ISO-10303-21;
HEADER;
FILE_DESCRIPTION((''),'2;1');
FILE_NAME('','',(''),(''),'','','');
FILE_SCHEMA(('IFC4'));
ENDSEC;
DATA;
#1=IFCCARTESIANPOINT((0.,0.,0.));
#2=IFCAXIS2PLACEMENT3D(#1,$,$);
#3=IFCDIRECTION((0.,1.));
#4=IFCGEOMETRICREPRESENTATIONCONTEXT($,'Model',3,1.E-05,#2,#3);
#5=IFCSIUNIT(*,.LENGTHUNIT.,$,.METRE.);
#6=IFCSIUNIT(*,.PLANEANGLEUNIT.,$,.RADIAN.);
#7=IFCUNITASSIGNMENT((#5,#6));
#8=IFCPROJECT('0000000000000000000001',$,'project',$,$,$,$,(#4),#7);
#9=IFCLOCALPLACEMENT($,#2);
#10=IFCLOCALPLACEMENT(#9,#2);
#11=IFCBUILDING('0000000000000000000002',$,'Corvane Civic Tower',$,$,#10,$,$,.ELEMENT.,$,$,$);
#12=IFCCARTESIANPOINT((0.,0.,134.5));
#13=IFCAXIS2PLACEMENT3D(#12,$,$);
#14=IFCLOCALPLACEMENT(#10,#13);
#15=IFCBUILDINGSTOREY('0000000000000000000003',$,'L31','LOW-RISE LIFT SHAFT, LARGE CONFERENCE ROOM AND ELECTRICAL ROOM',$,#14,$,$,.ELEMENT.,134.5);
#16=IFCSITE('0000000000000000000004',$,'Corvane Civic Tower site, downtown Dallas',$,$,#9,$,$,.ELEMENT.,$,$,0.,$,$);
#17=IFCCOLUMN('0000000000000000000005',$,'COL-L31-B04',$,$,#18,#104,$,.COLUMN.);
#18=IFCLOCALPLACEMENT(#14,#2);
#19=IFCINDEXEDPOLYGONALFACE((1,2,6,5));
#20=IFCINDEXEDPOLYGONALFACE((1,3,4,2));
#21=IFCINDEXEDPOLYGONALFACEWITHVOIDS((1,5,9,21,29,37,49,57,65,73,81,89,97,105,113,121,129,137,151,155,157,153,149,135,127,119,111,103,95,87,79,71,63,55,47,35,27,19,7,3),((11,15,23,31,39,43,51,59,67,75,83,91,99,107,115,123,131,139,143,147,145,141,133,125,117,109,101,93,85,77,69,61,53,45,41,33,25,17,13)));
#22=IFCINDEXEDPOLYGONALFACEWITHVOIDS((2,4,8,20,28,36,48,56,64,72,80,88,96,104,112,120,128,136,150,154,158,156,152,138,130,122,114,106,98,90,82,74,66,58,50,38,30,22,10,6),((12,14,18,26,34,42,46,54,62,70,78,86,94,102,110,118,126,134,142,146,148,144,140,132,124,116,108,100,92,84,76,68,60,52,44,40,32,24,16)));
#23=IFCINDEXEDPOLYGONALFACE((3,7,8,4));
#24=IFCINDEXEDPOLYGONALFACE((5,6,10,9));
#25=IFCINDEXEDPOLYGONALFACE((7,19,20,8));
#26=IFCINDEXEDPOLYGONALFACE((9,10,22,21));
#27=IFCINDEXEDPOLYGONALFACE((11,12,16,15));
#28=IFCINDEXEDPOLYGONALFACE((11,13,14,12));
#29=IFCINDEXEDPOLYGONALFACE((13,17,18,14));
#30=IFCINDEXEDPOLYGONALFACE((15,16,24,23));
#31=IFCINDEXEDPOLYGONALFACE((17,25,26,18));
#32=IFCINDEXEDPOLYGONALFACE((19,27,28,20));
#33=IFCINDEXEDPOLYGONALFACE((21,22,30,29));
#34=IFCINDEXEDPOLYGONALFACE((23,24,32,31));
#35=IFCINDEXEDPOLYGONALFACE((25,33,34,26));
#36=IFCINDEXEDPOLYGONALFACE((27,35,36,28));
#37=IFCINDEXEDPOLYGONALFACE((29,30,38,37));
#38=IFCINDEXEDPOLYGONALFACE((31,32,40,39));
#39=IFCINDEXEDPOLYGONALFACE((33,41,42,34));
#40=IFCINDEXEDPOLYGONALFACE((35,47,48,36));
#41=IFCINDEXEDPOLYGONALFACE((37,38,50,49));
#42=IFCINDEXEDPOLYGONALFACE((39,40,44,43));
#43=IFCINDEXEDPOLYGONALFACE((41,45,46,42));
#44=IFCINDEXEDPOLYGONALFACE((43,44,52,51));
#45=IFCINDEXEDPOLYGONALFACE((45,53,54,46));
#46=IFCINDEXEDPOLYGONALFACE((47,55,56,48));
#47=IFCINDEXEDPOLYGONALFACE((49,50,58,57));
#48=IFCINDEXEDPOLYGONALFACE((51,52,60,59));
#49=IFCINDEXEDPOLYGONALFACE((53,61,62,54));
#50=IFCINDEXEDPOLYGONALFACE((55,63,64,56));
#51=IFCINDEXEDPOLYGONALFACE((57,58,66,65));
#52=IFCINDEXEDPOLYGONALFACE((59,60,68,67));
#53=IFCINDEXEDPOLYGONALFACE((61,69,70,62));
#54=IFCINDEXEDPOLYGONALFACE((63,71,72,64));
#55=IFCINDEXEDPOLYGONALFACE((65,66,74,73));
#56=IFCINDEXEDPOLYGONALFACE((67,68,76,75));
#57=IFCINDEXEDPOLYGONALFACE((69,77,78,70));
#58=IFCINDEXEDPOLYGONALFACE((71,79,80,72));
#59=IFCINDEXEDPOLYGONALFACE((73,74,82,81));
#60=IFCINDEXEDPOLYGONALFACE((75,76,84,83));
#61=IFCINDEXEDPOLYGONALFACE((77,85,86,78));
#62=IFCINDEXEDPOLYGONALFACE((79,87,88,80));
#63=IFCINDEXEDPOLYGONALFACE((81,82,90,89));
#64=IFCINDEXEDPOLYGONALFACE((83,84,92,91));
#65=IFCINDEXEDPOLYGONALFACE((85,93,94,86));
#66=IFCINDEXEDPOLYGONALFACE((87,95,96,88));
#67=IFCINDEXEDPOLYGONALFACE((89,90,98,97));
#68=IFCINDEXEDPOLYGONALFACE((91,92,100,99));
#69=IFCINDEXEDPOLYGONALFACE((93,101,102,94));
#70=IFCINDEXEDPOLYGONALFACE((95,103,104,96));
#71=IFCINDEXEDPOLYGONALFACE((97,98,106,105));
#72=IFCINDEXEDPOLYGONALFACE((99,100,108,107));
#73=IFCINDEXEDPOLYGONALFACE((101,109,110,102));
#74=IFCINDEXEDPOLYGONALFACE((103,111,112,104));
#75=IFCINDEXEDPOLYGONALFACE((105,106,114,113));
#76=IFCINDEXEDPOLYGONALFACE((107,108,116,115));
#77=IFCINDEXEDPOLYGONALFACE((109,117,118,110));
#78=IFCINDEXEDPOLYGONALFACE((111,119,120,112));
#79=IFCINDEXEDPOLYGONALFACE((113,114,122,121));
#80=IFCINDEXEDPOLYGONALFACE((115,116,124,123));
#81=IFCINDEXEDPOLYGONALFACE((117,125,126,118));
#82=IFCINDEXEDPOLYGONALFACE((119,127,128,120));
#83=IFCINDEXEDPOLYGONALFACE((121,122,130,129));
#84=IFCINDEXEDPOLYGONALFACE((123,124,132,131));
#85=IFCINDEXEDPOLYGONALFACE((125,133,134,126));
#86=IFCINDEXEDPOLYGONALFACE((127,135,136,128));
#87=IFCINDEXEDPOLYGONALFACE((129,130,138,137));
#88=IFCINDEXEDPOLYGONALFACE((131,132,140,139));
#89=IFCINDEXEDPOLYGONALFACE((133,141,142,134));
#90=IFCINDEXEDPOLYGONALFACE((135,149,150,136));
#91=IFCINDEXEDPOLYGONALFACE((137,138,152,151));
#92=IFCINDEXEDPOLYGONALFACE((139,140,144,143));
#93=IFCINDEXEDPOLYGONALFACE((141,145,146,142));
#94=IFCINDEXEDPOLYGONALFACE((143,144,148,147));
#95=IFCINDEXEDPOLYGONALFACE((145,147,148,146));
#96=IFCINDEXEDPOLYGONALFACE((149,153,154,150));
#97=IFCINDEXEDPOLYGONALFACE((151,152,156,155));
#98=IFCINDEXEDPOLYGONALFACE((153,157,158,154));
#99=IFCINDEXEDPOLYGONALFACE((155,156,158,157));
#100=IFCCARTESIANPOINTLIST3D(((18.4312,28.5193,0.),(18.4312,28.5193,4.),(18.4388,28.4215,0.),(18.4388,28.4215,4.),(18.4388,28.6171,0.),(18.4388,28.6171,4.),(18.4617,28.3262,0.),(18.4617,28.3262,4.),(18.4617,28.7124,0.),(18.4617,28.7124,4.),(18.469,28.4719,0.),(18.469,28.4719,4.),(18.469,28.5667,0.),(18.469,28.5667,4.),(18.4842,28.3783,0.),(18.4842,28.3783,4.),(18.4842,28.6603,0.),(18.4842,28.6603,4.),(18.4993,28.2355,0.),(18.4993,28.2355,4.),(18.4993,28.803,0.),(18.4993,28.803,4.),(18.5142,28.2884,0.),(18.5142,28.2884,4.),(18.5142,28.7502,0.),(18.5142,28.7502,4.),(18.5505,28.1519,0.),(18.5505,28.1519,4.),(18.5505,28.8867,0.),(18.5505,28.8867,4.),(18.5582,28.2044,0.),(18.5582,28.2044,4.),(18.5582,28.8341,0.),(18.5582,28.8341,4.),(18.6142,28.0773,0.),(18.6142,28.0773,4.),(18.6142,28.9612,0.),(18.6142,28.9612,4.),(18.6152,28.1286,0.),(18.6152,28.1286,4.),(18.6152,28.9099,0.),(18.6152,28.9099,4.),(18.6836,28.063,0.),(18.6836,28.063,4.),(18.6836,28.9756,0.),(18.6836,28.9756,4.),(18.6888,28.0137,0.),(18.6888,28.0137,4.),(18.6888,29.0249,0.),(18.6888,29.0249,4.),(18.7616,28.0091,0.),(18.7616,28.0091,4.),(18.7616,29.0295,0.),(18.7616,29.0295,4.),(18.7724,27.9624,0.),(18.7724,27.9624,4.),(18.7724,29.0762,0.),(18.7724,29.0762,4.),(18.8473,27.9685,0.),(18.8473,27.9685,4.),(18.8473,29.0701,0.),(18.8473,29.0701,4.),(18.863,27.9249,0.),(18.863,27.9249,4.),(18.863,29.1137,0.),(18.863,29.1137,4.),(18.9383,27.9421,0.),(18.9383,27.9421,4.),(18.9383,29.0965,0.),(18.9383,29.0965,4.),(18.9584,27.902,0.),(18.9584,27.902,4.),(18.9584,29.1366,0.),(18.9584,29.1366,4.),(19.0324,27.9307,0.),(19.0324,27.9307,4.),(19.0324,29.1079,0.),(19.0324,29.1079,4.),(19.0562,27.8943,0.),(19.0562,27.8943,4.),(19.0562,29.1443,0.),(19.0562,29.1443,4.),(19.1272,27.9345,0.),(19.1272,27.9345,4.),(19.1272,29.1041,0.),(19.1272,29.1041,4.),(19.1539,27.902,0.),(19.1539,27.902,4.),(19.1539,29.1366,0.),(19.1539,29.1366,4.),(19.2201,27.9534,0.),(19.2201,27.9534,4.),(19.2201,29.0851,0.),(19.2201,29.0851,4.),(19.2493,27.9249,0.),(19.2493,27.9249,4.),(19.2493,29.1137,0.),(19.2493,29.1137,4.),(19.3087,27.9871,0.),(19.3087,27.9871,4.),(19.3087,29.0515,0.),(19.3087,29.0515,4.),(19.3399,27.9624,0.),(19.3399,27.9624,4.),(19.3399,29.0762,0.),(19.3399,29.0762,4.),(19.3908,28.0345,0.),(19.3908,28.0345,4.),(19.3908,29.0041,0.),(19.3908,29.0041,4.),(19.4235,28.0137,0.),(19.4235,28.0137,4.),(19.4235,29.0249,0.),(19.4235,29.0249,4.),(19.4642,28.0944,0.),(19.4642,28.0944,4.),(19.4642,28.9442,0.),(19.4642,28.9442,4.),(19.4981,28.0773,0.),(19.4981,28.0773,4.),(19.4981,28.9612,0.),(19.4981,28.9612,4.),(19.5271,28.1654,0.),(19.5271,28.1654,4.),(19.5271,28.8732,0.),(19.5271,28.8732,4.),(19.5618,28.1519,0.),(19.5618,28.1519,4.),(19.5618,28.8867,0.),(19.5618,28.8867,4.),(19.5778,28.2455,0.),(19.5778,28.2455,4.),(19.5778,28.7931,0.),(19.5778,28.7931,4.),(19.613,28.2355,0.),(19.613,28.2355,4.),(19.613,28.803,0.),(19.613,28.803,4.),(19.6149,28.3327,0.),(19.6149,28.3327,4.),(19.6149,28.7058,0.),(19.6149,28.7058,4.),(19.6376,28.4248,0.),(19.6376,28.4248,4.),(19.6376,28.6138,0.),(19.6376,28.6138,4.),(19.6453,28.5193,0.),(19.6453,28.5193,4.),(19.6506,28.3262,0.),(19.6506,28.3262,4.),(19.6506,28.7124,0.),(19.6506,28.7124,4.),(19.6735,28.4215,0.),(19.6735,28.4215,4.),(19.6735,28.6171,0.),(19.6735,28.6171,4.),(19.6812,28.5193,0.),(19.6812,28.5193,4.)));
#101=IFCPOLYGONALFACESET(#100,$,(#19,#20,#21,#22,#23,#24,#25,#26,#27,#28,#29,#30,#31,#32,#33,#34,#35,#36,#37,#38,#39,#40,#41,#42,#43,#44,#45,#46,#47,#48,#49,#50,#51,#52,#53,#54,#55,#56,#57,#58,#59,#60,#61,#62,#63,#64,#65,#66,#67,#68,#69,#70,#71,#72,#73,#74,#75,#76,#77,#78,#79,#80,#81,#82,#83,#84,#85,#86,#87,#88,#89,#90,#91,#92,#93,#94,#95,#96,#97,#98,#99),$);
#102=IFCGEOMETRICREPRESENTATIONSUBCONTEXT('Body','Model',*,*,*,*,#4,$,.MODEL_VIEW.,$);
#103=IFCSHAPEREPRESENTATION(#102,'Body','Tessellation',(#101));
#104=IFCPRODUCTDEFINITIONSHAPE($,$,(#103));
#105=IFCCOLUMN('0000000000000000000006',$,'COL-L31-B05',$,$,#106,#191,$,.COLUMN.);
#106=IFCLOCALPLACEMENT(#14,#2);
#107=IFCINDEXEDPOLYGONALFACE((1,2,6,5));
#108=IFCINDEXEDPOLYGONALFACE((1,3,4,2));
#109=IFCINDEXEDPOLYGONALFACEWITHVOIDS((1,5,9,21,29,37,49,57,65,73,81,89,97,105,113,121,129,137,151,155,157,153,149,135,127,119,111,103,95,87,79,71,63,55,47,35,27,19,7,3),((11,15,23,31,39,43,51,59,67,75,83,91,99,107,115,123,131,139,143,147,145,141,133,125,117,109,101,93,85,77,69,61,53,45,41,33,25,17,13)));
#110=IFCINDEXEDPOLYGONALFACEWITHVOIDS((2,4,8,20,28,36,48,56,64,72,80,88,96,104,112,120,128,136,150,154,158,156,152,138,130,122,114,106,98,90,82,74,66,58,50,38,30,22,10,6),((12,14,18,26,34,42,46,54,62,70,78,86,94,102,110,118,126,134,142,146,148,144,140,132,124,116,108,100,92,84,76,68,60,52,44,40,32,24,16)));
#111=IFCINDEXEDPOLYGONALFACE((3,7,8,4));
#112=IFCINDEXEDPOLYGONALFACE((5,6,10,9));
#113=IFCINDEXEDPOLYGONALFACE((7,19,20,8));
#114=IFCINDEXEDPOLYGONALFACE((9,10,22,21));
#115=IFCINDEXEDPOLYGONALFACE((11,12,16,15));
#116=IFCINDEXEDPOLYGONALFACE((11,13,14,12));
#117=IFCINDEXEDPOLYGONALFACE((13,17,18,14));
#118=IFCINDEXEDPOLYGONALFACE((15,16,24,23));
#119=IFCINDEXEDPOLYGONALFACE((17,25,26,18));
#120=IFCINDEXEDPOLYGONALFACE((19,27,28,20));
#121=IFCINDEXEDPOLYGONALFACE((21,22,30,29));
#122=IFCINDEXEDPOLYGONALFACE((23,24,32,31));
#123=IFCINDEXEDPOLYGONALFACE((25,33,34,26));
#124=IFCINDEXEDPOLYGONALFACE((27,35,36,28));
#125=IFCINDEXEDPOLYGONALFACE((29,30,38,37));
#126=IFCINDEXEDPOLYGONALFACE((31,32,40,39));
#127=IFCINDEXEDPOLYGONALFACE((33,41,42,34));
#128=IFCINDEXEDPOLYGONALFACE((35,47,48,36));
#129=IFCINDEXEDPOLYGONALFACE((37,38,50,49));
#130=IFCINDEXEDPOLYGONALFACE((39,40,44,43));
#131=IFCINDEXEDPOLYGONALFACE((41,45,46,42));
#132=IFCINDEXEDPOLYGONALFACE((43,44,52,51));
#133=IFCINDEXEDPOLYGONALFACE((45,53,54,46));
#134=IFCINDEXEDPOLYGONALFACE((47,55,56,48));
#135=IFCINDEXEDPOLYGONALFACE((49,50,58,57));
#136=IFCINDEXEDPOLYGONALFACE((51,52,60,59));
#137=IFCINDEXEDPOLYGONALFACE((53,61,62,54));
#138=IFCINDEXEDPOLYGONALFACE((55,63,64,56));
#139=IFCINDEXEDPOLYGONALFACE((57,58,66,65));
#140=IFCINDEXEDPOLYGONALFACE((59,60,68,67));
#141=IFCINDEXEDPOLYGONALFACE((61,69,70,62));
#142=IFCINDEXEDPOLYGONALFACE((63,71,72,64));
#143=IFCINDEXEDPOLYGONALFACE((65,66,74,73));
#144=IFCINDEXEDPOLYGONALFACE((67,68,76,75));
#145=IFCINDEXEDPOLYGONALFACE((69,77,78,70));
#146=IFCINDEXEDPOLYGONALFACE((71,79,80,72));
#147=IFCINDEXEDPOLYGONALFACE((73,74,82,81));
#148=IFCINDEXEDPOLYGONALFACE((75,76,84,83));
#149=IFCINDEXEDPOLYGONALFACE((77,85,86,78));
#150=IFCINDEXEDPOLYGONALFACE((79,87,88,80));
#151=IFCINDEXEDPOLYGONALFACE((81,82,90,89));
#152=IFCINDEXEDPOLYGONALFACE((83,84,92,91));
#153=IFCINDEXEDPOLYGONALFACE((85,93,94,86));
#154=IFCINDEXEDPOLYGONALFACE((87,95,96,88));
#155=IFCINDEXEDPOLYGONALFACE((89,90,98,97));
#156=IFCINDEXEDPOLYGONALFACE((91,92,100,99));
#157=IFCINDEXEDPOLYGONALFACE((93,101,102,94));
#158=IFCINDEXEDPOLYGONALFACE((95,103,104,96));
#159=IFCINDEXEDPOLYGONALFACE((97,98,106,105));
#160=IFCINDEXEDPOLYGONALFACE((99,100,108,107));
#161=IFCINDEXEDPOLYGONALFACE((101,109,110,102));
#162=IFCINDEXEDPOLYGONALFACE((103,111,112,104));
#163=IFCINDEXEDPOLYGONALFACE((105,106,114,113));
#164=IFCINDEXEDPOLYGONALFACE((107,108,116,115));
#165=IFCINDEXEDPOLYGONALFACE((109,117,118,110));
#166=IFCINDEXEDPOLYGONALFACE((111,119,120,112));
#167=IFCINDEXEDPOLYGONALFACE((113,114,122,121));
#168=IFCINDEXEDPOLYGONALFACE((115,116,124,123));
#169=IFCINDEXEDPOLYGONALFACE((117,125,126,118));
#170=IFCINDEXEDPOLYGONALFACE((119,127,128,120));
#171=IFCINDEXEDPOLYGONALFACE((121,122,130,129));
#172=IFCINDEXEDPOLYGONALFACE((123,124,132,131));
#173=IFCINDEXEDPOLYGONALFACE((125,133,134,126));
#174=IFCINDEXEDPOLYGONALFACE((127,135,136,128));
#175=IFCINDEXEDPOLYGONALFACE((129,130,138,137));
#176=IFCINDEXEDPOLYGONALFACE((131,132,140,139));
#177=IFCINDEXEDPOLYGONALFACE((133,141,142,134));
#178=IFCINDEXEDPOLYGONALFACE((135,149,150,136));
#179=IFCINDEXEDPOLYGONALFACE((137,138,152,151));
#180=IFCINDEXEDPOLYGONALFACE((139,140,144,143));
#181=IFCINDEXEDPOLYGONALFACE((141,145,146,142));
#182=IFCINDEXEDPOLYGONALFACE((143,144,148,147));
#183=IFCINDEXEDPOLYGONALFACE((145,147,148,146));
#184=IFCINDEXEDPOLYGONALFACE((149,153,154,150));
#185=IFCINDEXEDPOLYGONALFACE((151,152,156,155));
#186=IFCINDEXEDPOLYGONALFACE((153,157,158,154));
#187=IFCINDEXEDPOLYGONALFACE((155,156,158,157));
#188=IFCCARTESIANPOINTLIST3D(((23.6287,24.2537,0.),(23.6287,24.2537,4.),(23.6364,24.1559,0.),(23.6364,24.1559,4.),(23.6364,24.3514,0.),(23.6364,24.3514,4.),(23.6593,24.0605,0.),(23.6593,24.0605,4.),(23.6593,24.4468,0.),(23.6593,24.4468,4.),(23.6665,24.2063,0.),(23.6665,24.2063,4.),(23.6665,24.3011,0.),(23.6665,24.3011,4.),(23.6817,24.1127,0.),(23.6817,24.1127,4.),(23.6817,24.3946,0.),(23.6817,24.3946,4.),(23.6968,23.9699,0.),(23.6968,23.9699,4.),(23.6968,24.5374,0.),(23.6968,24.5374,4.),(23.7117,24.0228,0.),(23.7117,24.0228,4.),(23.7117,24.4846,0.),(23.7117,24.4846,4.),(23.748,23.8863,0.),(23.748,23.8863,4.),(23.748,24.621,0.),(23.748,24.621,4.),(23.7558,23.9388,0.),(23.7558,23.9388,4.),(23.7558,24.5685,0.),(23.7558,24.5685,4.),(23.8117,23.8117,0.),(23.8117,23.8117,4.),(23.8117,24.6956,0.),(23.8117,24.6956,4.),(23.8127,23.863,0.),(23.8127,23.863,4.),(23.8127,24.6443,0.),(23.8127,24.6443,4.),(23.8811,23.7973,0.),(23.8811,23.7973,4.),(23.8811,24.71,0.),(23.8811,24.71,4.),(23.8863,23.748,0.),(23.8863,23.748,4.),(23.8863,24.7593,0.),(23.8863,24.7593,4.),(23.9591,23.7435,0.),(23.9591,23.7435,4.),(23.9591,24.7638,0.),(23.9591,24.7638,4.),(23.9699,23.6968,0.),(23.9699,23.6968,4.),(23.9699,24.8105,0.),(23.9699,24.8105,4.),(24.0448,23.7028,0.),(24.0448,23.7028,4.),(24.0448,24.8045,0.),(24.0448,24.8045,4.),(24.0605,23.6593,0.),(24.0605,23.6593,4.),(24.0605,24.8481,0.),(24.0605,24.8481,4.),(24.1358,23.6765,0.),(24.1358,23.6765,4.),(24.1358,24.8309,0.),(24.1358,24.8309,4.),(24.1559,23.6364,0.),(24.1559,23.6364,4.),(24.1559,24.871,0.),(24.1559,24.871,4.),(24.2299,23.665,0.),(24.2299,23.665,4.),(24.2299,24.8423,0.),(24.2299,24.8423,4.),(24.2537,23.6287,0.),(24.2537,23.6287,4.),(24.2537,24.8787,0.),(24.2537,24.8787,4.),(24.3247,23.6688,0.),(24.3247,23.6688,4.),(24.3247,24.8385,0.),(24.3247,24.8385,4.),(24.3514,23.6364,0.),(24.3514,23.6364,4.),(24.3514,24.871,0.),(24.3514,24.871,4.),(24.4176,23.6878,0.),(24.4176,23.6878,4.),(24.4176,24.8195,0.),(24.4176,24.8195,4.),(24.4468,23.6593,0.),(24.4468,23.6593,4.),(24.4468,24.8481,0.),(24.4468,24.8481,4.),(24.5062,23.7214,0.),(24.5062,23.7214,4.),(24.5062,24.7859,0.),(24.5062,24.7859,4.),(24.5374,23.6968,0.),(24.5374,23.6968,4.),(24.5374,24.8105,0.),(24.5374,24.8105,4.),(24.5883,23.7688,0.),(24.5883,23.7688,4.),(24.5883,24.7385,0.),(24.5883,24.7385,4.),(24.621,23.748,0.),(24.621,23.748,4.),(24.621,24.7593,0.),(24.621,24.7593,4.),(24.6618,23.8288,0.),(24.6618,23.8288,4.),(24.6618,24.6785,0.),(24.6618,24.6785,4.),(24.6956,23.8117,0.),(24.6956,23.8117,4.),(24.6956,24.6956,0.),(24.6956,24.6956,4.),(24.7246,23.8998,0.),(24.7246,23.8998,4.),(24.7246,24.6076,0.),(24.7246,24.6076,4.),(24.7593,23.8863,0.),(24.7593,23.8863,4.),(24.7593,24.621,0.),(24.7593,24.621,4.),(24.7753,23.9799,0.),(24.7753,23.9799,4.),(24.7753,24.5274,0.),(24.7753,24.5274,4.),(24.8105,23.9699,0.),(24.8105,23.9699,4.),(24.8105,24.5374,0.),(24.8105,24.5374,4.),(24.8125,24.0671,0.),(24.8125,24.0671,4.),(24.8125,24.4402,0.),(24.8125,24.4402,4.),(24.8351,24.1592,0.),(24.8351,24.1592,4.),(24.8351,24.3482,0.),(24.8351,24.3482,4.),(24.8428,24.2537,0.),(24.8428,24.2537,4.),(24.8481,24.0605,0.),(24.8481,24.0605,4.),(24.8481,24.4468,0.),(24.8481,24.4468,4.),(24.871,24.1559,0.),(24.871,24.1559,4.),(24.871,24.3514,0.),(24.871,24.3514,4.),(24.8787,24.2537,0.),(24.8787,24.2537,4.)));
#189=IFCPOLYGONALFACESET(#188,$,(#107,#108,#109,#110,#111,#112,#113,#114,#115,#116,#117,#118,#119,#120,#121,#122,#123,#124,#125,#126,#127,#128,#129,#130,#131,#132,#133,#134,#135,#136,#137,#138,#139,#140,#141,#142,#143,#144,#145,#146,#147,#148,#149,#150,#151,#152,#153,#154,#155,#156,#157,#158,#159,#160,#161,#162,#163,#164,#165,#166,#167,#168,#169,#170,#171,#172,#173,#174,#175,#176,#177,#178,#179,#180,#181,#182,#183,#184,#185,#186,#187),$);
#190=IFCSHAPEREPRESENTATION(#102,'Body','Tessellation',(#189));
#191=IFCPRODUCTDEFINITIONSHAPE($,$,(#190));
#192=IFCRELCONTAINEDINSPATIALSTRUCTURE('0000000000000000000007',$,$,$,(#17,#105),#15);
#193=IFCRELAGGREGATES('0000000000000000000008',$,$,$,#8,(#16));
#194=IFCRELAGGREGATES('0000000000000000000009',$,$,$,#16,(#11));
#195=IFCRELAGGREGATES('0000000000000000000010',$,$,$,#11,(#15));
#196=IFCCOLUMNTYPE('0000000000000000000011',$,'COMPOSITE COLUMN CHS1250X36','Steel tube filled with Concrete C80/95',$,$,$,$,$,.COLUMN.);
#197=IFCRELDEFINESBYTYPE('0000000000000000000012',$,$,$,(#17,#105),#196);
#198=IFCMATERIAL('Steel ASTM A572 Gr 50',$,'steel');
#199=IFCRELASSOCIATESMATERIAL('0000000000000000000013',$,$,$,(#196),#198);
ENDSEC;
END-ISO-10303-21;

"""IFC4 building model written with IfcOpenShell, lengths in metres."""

from ifc_helpers import new_model, si_unit, direction, frame, origin, origin_2d, place, context, subcontext, project, spatial, hollow_circle, extrude, material, material_profile, profile_set, type_object, element, save


model = new_model("IFC4")

# Units and contexts
model_context = context("Model", 3, precision=1e-05, world=origin(), true_north=direction((0.0, 1.0)))
body_context = subcontext(model_context, "Body", "Model", "MODEL_VIEW")
ifc_project = project(units=[si_unit("LENGTHUNIT", "METRE"), si_unit("PLANEANGLEUNIT", "RADIAN")], contexts=[model_context])

# Site, building, storey
site_placement = place(None, origin())
site = spatial("IfcSite", under=ifc_project, at=site_placement, Name="Corvane Civic Tower site, downtown Dallas", CompositionType="ELEMENT", RefElevation=0.0)
building_placement = place(site_placement, origin())
building = spatial("IfcBuilding", under=site, at=building_placement, Name="Corvane Civic Tower", CompositionType="ELEMENT")
storey_placement = place(building_placement, frame((0.0, 0.0, 134.5)))
storey = spatial("IfcBuildingStorey", under=building, at=storey_placement, Name="L31", Description="LOW-RISE LIFT SHAFT, LARGE CONFERENCE ROOM AND ELECTRICAL ROOM", CompositionType="ELEMENT", Elevation=134.5)

# Columns
ifc_material_1 = material(Name="Steel ASTM A572 Gr 50", Category="steel")
ifc_material_profile_1 = material_profile(ifc_material_1, hollow_circle(Radius=0.625, WallThickness=0.0359, at=origin_2d()), Name="CHS1250X36")
ifc_profile_set_1 = profile_set([ifc_material_profile_1], Name="Steel ASTM A572 Gr 50")
column_type = type_object("IfcColumnType", Name="COMPOSITE COLUMN CHS1250X36", Description="Steel tube filled with Concrete C80/95", PredefinedType="COLUMN", material=ifc_profile_set_1)
for number, where, z_axis, x_axis, name in (
    (1, (19.0562, 28.5193, 0.0), (0.0, 0.0, 1.0), (1.0, 0.0, 0.0), "COL-L31-B04"),
    (2, (24.2537, 24.2537, 0.0), (0.0, 0.0, 1.0), (1.0, 0.0, 0.0), "COL-L31-B05"),
):
    element("IfcColumn", number, at=place(storey_placement, frame(where, z_axis=z_axis, x_axis=x_axis)), inside=storey, type_object=column_type, Name=name, PredefinedType="COLUMN", context=body_context, shape_type="SweptSolid", body=[
        extrude(hollow_circle(Radius=0.625, WallThickness=0.0359, at=origin_2d()), origin(), (0.0, 0.0, 1.0), 4.0),
    ])

save(model, "model.ifc")
